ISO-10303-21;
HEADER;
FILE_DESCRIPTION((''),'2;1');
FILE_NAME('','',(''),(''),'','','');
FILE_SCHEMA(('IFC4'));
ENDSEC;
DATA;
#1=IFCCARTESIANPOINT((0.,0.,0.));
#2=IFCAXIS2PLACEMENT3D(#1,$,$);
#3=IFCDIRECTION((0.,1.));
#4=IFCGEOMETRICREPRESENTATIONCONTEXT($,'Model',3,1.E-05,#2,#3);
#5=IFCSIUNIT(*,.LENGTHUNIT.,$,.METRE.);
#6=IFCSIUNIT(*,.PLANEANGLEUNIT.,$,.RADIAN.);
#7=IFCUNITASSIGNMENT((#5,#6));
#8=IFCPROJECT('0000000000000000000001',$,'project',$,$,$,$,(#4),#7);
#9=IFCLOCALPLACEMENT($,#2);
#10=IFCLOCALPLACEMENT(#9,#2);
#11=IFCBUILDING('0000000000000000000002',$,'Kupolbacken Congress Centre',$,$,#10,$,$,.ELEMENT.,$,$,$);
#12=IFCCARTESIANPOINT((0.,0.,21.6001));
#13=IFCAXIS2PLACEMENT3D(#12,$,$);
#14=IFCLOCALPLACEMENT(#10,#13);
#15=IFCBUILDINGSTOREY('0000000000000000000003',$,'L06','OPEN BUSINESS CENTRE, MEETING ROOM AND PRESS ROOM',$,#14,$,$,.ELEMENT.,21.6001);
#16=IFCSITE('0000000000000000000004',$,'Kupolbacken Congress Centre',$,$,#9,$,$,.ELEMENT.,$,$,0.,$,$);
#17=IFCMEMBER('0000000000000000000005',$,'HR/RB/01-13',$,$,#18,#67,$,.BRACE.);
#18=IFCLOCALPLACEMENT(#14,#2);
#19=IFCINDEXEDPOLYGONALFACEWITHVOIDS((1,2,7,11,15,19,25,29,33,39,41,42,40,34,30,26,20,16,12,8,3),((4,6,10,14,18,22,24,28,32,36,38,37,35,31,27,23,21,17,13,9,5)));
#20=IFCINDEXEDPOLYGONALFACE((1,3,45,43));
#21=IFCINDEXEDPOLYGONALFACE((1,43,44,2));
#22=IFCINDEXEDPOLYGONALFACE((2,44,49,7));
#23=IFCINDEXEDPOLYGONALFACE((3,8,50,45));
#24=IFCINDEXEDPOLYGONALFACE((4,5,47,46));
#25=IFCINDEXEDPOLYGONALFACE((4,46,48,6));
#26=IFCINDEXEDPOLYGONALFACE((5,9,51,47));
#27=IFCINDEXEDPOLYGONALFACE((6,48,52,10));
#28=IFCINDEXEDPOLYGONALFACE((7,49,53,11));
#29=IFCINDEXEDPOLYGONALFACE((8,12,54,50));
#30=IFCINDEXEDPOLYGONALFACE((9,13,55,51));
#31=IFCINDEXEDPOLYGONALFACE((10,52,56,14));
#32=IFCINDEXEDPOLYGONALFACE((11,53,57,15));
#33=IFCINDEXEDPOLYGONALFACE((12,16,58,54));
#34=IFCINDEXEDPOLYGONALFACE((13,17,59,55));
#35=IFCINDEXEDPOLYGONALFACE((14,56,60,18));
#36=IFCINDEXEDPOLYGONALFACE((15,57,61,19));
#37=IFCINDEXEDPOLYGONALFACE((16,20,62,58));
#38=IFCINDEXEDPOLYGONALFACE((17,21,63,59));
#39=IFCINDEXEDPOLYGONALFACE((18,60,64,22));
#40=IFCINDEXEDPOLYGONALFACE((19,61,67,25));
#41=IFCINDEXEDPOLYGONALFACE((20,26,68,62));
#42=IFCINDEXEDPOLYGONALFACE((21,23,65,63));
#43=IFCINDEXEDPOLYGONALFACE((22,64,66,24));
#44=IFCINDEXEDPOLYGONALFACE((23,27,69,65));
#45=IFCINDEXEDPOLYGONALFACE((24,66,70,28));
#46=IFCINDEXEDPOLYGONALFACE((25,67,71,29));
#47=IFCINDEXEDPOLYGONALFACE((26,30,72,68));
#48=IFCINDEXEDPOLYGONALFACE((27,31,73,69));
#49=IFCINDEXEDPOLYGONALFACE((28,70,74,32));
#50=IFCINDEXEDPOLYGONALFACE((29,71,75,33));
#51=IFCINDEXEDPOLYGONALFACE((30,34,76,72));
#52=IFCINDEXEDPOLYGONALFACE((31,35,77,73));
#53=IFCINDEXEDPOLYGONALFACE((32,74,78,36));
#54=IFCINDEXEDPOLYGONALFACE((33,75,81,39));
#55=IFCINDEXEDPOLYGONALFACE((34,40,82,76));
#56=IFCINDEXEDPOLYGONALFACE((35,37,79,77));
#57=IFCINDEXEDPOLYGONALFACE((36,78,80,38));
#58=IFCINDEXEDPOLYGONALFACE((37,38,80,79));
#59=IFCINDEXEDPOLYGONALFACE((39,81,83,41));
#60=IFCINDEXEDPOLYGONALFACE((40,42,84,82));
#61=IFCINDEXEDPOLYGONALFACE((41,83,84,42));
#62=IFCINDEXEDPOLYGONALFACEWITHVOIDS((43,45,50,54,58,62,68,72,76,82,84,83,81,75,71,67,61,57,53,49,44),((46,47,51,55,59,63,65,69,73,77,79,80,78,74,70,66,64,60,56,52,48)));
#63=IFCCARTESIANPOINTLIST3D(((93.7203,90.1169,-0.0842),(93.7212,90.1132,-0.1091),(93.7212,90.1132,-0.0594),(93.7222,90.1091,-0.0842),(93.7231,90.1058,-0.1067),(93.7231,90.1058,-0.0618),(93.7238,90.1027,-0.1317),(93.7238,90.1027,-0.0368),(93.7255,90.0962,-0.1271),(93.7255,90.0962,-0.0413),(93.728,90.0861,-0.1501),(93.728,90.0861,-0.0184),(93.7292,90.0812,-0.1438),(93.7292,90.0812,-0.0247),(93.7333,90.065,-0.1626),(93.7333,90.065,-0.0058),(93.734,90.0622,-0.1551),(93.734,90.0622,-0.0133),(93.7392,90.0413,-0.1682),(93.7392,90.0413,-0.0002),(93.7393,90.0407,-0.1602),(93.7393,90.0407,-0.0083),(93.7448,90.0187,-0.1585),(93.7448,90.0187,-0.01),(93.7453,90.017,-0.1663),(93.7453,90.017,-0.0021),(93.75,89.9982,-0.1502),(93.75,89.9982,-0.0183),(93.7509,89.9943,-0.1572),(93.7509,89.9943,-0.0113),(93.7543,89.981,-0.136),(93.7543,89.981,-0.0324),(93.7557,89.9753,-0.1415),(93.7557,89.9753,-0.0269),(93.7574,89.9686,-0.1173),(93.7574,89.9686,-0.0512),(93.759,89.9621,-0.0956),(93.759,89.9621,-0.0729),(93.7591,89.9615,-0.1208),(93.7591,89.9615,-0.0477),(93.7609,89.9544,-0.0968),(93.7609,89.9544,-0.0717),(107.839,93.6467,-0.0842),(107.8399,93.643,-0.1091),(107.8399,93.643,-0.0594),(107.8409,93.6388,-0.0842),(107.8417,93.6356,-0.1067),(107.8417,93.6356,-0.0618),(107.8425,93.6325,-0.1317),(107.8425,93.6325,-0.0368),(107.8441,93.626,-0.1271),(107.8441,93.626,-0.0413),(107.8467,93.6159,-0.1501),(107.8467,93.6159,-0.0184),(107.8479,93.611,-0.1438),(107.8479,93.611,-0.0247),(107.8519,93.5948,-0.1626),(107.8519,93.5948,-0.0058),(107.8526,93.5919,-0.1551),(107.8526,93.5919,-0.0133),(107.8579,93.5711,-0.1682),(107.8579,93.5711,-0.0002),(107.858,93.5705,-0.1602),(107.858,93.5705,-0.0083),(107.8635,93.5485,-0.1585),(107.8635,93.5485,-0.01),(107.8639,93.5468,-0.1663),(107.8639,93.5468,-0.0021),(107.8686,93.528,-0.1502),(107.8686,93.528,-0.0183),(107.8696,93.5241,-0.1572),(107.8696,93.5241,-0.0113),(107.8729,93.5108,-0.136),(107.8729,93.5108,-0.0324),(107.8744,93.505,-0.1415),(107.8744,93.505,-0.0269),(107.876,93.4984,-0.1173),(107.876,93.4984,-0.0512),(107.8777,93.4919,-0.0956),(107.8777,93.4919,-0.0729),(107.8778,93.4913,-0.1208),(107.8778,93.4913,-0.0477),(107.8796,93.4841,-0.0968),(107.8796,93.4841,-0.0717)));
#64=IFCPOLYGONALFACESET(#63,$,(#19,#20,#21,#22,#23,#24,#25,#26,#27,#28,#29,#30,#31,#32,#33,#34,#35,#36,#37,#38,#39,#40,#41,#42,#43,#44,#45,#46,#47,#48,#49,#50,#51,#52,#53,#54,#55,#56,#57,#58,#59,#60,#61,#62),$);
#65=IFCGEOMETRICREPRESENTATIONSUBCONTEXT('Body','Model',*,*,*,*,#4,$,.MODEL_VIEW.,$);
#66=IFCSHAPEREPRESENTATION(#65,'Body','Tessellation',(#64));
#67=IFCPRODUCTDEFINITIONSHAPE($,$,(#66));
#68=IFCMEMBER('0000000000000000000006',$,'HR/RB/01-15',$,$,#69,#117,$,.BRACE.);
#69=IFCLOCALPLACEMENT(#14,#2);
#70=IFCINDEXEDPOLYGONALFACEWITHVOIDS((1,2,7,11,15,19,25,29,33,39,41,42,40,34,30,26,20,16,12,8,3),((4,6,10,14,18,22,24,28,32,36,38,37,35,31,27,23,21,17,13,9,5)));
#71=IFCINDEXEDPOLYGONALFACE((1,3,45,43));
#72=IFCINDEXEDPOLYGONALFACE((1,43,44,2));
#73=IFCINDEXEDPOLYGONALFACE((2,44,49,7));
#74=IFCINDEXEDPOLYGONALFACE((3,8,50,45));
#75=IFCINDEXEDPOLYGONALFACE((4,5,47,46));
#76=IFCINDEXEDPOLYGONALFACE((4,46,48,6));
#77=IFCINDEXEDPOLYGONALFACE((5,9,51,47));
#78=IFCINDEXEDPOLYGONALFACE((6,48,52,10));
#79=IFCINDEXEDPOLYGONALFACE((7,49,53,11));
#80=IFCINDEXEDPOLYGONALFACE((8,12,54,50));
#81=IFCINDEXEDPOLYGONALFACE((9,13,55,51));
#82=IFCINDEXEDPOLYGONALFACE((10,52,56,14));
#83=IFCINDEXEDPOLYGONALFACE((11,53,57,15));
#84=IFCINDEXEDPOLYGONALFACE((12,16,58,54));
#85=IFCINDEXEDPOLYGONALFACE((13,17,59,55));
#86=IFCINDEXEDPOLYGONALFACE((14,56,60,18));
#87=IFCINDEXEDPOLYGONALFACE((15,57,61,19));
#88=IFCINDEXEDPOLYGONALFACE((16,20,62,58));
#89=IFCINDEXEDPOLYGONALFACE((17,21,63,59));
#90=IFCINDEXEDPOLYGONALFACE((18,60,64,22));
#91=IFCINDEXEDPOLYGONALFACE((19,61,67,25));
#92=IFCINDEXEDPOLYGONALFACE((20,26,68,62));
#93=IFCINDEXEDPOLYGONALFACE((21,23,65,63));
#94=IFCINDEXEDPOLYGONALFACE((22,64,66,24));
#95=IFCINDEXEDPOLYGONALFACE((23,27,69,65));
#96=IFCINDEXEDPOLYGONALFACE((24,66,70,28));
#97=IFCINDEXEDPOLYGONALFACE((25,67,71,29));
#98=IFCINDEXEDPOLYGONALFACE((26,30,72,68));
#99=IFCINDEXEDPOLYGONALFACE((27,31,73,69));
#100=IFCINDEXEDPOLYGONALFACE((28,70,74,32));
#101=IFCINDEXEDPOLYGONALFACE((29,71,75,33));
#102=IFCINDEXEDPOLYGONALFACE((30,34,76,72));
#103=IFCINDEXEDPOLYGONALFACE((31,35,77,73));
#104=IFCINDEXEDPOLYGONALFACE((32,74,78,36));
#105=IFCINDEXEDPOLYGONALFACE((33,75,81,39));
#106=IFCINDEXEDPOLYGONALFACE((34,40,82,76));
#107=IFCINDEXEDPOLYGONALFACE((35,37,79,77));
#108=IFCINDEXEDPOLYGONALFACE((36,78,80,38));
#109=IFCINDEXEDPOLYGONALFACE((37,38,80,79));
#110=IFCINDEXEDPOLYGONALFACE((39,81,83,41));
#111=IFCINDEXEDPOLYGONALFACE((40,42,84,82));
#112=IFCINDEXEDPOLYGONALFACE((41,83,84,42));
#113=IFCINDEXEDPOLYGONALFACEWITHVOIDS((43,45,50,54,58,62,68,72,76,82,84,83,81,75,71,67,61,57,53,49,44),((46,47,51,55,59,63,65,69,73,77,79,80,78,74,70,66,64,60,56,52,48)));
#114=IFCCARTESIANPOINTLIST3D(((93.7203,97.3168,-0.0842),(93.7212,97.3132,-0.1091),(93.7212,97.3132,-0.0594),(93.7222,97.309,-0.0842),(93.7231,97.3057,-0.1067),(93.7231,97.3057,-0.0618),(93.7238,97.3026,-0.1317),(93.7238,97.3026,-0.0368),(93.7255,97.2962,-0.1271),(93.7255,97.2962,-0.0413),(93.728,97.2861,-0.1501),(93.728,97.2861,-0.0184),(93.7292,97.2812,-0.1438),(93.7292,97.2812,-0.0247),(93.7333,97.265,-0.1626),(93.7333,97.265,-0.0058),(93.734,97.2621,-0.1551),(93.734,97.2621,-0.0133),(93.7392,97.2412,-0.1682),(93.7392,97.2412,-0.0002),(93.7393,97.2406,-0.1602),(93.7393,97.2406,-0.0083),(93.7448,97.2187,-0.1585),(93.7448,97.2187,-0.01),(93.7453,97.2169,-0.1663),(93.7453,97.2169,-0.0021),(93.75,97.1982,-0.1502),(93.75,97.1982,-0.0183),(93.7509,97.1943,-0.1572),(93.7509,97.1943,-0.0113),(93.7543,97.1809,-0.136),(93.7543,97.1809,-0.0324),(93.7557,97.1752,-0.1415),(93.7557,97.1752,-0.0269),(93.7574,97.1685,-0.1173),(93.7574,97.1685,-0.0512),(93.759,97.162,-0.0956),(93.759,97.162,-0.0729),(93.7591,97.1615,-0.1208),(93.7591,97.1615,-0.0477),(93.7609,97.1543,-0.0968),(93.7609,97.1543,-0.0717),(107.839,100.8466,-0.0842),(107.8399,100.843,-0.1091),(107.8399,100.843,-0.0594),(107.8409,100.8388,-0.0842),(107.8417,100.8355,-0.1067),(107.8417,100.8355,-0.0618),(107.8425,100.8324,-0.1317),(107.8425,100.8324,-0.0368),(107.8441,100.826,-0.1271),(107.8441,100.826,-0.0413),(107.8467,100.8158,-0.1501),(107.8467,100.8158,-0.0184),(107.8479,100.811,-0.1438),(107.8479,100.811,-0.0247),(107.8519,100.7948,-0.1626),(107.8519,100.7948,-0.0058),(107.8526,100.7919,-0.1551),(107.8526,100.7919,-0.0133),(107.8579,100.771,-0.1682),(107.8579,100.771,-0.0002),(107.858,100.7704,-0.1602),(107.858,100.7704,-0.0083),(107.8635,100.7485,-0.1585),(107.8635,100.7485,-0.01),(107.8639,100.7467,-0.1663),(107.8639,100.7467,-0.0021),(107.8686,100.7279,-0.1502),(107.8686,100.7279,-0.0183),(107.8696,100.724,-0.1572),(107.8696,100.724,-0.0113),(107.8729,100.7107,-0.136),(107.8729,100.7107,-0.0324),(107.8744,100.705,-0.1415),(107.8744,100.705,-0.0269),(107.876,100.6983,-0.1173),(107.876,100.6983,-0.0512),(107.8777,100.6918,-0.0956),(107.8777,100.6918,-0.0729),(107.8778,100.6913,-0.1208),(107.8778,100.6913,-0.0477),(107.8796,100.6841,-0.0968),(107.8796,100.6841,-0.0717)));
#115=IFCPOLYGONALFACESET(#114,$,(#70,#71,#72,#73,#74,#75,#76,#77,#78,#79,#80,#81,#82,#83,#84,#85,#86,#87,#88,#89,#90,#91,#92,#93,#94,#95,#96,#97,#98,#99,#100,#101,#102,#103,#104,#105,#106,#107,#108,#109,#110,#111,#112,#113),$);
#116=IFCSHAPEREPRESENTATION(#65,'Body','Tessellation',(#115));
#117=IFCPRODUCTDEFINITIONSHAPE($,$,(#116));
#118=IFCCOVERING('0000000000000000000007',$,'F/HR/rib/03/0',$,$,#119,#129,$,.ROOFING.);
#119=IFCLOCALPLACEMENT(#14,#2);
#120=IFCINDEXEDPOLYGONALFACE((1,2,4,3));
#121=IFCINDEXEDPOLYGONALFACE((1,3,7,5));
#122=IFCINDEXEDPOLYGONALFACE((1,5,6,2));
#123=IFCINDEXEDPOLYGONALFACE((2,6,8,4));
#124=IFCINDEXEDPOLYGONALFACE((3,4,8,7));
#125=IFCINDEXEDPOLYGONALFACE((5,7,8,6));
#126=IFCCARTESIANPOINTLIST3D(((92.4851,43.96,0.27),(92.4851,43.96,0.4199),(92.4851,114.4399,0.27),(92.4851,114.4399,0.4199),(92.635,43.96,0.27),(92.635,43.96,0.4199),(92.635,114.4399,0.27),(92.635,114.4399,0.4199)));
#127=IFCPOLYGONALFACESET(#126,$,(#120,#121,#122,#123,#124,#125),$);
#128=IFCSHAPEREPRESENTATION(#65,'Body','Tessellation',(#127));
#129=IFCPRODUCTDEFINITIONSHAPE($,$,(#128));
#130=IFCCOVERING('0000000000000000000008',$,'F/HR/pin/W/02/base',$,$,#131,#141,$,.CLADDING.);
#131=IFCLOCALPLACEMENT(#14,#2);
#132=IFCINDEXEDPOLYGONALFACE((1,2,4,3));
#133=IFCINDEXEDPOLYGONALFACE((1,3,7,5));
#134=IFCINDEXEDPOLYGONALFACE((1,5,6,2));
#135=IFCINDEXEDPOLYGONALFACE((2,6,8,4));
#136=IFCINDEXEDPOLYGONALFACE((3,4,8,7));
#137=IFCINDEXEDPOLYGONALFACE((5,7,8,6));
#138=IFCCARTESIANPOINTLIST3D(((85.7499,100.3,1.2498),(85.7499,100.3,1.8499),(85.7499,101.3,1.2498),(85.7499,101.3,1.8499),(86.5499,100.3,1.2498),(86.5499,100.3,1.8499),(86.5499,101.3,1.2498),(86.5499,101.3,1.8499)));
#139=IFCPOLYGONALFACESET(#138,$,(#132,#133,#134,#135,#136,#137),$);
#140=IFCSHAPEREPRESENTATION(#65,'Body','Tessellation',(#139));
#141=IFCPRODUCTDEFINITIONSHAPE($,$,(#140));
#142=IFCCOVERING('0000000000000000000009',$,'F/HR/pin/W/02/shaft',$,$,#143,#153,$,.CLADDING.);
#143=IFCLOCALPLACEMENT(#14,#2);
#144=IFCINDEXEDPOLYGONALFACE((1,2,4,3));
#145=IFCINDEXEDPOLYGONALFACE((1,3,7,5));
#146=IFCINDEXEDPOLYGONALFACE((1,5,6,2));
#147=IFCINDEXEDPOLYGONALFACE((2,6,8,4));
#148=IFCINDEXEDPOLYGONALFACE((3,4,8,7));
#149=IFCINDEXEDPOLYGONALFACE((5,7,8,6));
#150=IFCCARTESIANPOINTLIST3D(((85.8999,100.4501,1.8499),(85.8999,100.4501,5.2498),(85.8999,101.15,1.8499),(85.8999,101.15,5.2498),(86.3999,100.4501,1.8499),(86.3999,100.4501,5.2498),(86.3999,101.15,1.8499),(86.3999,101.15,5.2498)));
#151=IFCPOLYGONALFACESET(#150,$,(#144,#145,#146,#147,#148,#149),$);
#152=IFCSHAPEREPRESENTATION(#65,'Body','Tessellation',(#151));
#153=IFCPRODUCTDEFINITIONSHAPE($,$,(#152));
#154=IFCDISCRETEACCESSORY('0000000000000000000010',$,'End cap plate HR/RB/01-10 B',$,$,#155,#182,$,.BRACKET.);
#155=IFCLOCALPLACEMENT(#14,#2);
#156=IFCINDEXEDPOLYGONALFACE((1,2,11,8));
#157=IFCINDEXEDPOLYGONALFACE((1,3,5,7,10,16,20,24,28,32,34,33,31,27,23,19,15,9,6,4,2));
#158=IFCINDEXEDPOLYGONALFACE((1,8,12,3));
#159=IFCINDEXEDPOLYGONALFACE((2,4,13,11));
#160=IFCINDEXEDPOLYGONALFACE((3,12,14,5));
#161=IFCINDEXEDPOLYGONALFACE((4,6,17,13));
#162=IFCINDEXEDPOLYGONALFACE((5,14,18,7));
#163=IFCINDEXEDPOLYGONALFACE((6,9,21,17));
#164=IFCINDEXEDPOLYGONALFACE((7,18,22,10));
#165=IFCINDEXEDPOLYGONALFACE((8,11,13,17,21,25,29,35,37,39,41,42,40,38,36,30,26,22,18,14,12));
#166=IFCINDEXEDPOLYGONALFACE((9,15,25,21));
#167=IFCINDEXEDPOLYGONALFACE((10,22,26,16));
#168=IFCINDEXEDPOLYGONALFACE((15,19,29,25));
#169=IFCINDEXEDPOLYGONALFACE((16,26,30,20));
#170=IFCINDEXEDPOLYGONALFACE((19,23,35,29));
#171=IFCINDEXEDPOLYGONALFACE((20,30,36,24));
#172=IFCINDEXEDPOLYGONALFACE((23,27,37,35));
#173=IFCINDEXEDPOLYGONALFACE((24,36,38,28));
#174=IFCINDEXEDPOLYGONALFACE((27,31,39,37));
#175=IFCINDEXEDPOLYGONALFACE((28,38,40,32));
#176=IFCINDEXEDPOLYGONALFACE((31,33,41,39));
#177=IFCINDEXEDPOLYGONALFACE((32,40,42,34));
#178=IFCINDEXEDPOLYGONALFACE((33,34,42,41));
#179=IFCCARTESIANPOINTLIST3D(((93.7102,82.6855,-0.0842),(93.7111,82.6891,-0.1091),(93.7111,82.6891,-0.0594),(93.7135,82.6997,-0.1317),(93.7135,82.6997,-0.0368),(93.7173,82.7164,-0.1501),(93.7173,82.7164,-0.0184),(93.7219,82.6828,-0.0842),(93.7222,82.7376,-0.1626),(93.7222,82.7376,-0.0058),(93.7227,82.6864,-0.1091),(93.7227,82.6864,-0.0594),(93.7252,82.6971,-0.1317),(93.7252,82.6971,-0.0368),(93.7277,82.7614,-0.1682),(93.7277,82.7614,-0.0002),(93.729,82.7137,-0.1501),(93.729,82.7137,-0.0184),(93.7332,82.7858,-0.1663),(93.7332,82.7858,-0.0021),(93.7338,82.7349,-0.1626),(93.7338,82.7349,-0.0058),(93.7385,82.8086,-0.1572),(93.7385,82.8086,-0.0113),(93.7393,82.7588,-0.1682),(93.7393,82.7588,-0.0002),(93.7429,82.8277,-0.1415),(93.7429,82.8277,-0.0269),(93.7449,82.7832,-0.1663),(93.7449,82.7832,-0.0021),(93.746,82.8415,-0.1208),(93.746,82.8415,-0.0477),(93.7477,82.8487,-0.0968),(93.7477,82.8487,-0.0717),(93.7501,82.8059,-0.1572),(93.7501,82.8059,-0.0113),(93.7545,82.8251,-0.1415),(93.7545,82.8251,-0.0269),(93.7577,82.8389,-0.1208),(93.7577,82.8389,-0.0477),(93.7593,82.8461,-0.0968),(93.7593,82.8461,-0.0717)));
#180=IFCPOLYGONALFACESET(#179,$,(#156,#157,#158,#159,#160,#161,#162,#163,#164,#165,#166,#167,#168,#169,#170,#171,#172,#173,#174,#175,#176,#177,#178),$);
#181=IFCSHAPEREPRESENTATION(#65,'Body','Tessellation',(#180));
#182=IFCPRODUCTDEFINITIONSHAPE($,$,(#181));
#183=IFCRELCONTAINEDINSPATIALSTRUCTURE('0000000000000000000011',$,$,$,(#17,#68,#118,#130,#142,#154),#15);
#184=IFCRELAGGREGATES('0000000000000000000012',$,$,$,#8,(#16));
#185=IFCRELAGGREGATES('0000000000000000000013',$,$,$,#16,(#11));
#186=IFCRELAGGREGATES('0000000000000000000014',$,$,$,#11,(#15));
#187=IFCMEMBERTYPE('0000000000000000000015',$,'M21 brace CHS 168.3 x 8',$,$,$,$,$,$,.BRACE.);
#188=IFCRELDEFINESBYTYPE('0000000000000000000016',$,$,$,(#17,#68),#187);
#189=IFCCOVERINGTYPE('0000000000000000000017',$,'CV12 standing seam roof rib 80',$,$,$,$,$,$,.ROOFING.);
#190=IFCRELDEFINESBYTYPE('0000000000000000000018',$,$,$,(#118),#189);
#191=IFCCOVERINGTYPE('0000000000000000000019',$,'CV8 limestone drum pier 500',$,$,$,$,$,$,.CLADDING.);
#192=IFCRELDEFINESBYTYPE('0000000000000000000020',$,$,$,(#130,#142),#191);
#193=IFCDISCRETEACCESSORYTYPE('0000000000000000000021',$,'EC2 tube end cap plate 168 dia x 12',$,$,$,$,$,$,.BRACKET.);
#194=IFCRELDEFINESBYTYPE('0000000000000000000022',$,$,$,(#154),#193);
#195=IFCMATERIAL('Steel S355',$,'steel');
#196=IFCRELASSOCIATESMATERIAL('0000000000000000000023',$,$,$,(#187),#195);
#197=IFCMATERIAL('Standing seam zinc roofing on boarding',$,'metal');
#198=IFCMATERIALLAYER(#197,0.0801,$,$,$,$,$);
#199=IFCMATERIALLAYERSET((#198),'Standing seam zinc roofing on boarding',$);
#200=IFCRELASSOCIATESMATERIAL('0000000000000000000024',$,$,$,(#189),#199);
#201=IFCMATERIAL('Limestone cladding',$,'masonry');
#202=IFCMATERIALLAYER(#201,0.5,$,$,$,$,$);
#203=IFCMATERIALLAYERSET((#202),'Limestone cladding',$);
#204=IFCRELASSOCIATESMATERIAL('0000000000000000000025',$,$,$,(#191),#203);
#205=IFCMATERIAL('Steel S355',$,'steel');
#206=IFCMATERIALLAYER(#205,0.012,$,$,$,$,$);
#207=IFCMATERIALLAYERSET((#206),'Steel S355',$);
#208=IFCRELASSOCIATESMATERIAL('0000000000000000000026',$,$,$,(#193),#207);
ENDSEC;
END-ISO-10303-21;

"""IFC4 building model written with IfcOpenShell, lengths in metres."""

from ifc_helpers import new_model, si_unit, direction, frame, origin, origin_2d, place, context, subcontext, project, spatial, rectangle, circle, hollow_circle, extrude, material, layer, layer_set, material_profile, profile_set, type_object, element, save


model = new_model("IFC4")

# Units and contexts
model_context = context("Model", 3, precision=1e-05, world=origin(), true_north=direction((0.0, 1.0)))
body_context = subcontext(model_context, "Body", "Model", "MODEL_VIEW")
ifc_project = project(units=[si_unit("LENGTHUNIT", "METRE"), si_unit("PLANEANGLEUNIT", "RADIAN")], contexts=[model_context])

# Site, building, storey
site_placement = place(None, origin())
site = spatial("IfcSite", under=ifc_project, at=site_placement, Name="Kupolbacken Congress Centre", CompositionType="ELEMENT", RefElevation=0.0)
building_placement = place(site_placement, origin())
building = spatial("IfcBuilding", under=site, at=building_placement, Name="Kupolbacken Congress Centre", CompositionType="ELEMENT")
storey_placement = place(building_placement, frame((0.0, 0.0, 21.6001)))
storey = spatial("IfcBuildingStorey", under=building, at=storey_placement, Name="L06", Description="OPEN BUSINESS CENTRE, MEETING ROOM AND PRESS ROOM", CompositionType="ELEMENT", Elevation=21.6001)

# Members
ifc_material_1 = material(Name="Steel S355", Category="steel")
ifc_material_profile_1 = material_profile(ifc_material_1, hollow_circle(Radius=0.0842, WallThickness=0.0081, at=origin_2d()), Name="CHS 168.3 x 8")
ifc_profile_set_1 = profile_set([ifc_material_profile_1], Name="Steel S355")
member_type_1 = type_object("IfcMemberType", Name="M21 brace CHS 168.3 x 8", PredefinedType="BRACE", material=ifc_profile_set_1)
for number, where, z_axis, x_axis, name in (
    (1, (93.7407, 90.0352, -0.0842), (0.970141, 0.242544, 0.0), (-0.242544, 0.970141, 0.0), "HR/RB/01-13"),
    (2, (93.7407, 97.2351, -0.0842), (0.970141, 0.242544, 0.0), (-0.242544, 0.970141, 0.0), "HR/RB/01-15"),
):
    element("IfcMember", number, at=place(storey_placement, frame(where, z_axis=z_axis, x_axis=x_axis)), inside=storey, type_object=member_type_1, Name=name, PredefinedType="BRACE", context=body_context, shape_type="SweptSolid", body=[
        extrude(hollow_circle(Radius=0.0842, WallThickness=0.0081, at=origin_2d()), origin(), (0.0, 0.0, 1.0), 14.5532),
    ])

# Coverings
ifc_material_2 = material(Name="Standing seam zinc roofing on boarding", Category="metal")
ifc_layer_1 = layer(ifc_material_2, 0.0801)
ifc_layer_set_1 = layer_set([ifc_layer_1], Name="Standing seam zinc roofing on boarding")
covering_type_1 = type_object("IfcCoveringType", Name="CV12 standing seam roof rib 80", PredefinedType="ROOFING", material=ifc_layer_set_1)
covering_1_placement = place(storey_placement, frame((92.5601, 79.2, 0.27), z_axis=(0.0, 0.0, 1.0), x_axis=(0.0, 1.0, 0.0)))
element("IfcCovering", 3, at=covering_1_placement, inside=storey, type_object=covering_type_1, Name="F/HR/rib/03/0", PredefinedType="ROOFING", context=body_context, shape_type="SweptSolid", body=[
    extrude(rectangle(XDim=70.48, YDim=0.1499, at=origin_2d()), origin(), (0.0, 0.0, 1.0), 0.1499),
])
ifc_material_3 = material(Name="Limestone cladding", Category="masonry")
ifc_layer_2 = layer(ifc_material_3, 0.5)
ifc_layer_set_2 = layer_set([ifc_layer_2], Name="Limestone cladding")
covering_type_2 = type_object("IfcCoveringType", Name="CV8 limestone drum pier 500", PredefinedType="CLADDING", material=ifc_layer_set_2)
covering_2_placement = place(storey_placement, frame((86.1499, 100.8, 1.2498), z_axis=(0.0, 0.0, 1.0), x_axis=(0.0, 1.0, 0.0)))
element("IfcCovering", 4, at=covering_2_placement, inside=storey, type_object=covering_type_2, Name="F/HR/pin/W/02/base", PredefinedType="CLADDING", context=body_context, shape_type="SweptSolid", body=[
    extrude(rectangle(XDim=1.0, YDim=0.8, at=origin_2d()), origin(), (0.0, 0.0, 1.0), 0.6001),
])
covering_3_placement = place(storey_placement, frame((86.1499, 100.8, 1.8499), z_axis=(0.0, 0.0, 1.0), x_axis=(0.0, 1.0, 0.0)))
element("IfcCovering", 5, at=covering_3_placement, inside=storey, type_object=covering_type_2, Name="F/HR/pin/W/02/shaft", PredefinedType="CLADDING", context=body_context, shape_type="SweptSolid", body=[
    extrude(rectangle(XDim=0.7, YDim=0.5, at=origin_2d()), origin(), (0.0, 0.0, 1.0), 3.3999),
])

# Discrete accessory
ifc_material_4 = material(Name="Steel S355", Category="steel")
ifc_layer_3 = layer(ifc_material_4, 0.012)
ifc_layer_set_3 = layer_set([ifc_layer_3], Name="Steel S355")
discrete_accessory_type = type_object("IfcDiscreteAccessoryType", Name="EC2 tube end cap plate 168 dia x 12", PredefinedType="BRACKET", material=ifc_layer_set_3)
for number, where, z_axis, x_axis, name in (
    (6, (93.7407, 82.7649, -0.0842), (-0.974732, 0.223376, 0.0), (-0.223376, -0.974732, 0.0), "End cap plate HR/RB/01-10 B"),
):
    element("IfcDiscreteAccessory", number, at=place(storey_placement, frame(where, z_axis=z_axis, x_axis=x_axis)), inside=storey, type_object=discrete_accessory_type, Name=name, PredefinedType="BRACKET", context=body_context, shape_type="SweptSolid", body=[
        extrude(circle(Radius=0.0842, at=origin_2d()), origin(), (0.0, 0.0, 1.0), 0.012),
    ])

save(model, "model.ifc")
